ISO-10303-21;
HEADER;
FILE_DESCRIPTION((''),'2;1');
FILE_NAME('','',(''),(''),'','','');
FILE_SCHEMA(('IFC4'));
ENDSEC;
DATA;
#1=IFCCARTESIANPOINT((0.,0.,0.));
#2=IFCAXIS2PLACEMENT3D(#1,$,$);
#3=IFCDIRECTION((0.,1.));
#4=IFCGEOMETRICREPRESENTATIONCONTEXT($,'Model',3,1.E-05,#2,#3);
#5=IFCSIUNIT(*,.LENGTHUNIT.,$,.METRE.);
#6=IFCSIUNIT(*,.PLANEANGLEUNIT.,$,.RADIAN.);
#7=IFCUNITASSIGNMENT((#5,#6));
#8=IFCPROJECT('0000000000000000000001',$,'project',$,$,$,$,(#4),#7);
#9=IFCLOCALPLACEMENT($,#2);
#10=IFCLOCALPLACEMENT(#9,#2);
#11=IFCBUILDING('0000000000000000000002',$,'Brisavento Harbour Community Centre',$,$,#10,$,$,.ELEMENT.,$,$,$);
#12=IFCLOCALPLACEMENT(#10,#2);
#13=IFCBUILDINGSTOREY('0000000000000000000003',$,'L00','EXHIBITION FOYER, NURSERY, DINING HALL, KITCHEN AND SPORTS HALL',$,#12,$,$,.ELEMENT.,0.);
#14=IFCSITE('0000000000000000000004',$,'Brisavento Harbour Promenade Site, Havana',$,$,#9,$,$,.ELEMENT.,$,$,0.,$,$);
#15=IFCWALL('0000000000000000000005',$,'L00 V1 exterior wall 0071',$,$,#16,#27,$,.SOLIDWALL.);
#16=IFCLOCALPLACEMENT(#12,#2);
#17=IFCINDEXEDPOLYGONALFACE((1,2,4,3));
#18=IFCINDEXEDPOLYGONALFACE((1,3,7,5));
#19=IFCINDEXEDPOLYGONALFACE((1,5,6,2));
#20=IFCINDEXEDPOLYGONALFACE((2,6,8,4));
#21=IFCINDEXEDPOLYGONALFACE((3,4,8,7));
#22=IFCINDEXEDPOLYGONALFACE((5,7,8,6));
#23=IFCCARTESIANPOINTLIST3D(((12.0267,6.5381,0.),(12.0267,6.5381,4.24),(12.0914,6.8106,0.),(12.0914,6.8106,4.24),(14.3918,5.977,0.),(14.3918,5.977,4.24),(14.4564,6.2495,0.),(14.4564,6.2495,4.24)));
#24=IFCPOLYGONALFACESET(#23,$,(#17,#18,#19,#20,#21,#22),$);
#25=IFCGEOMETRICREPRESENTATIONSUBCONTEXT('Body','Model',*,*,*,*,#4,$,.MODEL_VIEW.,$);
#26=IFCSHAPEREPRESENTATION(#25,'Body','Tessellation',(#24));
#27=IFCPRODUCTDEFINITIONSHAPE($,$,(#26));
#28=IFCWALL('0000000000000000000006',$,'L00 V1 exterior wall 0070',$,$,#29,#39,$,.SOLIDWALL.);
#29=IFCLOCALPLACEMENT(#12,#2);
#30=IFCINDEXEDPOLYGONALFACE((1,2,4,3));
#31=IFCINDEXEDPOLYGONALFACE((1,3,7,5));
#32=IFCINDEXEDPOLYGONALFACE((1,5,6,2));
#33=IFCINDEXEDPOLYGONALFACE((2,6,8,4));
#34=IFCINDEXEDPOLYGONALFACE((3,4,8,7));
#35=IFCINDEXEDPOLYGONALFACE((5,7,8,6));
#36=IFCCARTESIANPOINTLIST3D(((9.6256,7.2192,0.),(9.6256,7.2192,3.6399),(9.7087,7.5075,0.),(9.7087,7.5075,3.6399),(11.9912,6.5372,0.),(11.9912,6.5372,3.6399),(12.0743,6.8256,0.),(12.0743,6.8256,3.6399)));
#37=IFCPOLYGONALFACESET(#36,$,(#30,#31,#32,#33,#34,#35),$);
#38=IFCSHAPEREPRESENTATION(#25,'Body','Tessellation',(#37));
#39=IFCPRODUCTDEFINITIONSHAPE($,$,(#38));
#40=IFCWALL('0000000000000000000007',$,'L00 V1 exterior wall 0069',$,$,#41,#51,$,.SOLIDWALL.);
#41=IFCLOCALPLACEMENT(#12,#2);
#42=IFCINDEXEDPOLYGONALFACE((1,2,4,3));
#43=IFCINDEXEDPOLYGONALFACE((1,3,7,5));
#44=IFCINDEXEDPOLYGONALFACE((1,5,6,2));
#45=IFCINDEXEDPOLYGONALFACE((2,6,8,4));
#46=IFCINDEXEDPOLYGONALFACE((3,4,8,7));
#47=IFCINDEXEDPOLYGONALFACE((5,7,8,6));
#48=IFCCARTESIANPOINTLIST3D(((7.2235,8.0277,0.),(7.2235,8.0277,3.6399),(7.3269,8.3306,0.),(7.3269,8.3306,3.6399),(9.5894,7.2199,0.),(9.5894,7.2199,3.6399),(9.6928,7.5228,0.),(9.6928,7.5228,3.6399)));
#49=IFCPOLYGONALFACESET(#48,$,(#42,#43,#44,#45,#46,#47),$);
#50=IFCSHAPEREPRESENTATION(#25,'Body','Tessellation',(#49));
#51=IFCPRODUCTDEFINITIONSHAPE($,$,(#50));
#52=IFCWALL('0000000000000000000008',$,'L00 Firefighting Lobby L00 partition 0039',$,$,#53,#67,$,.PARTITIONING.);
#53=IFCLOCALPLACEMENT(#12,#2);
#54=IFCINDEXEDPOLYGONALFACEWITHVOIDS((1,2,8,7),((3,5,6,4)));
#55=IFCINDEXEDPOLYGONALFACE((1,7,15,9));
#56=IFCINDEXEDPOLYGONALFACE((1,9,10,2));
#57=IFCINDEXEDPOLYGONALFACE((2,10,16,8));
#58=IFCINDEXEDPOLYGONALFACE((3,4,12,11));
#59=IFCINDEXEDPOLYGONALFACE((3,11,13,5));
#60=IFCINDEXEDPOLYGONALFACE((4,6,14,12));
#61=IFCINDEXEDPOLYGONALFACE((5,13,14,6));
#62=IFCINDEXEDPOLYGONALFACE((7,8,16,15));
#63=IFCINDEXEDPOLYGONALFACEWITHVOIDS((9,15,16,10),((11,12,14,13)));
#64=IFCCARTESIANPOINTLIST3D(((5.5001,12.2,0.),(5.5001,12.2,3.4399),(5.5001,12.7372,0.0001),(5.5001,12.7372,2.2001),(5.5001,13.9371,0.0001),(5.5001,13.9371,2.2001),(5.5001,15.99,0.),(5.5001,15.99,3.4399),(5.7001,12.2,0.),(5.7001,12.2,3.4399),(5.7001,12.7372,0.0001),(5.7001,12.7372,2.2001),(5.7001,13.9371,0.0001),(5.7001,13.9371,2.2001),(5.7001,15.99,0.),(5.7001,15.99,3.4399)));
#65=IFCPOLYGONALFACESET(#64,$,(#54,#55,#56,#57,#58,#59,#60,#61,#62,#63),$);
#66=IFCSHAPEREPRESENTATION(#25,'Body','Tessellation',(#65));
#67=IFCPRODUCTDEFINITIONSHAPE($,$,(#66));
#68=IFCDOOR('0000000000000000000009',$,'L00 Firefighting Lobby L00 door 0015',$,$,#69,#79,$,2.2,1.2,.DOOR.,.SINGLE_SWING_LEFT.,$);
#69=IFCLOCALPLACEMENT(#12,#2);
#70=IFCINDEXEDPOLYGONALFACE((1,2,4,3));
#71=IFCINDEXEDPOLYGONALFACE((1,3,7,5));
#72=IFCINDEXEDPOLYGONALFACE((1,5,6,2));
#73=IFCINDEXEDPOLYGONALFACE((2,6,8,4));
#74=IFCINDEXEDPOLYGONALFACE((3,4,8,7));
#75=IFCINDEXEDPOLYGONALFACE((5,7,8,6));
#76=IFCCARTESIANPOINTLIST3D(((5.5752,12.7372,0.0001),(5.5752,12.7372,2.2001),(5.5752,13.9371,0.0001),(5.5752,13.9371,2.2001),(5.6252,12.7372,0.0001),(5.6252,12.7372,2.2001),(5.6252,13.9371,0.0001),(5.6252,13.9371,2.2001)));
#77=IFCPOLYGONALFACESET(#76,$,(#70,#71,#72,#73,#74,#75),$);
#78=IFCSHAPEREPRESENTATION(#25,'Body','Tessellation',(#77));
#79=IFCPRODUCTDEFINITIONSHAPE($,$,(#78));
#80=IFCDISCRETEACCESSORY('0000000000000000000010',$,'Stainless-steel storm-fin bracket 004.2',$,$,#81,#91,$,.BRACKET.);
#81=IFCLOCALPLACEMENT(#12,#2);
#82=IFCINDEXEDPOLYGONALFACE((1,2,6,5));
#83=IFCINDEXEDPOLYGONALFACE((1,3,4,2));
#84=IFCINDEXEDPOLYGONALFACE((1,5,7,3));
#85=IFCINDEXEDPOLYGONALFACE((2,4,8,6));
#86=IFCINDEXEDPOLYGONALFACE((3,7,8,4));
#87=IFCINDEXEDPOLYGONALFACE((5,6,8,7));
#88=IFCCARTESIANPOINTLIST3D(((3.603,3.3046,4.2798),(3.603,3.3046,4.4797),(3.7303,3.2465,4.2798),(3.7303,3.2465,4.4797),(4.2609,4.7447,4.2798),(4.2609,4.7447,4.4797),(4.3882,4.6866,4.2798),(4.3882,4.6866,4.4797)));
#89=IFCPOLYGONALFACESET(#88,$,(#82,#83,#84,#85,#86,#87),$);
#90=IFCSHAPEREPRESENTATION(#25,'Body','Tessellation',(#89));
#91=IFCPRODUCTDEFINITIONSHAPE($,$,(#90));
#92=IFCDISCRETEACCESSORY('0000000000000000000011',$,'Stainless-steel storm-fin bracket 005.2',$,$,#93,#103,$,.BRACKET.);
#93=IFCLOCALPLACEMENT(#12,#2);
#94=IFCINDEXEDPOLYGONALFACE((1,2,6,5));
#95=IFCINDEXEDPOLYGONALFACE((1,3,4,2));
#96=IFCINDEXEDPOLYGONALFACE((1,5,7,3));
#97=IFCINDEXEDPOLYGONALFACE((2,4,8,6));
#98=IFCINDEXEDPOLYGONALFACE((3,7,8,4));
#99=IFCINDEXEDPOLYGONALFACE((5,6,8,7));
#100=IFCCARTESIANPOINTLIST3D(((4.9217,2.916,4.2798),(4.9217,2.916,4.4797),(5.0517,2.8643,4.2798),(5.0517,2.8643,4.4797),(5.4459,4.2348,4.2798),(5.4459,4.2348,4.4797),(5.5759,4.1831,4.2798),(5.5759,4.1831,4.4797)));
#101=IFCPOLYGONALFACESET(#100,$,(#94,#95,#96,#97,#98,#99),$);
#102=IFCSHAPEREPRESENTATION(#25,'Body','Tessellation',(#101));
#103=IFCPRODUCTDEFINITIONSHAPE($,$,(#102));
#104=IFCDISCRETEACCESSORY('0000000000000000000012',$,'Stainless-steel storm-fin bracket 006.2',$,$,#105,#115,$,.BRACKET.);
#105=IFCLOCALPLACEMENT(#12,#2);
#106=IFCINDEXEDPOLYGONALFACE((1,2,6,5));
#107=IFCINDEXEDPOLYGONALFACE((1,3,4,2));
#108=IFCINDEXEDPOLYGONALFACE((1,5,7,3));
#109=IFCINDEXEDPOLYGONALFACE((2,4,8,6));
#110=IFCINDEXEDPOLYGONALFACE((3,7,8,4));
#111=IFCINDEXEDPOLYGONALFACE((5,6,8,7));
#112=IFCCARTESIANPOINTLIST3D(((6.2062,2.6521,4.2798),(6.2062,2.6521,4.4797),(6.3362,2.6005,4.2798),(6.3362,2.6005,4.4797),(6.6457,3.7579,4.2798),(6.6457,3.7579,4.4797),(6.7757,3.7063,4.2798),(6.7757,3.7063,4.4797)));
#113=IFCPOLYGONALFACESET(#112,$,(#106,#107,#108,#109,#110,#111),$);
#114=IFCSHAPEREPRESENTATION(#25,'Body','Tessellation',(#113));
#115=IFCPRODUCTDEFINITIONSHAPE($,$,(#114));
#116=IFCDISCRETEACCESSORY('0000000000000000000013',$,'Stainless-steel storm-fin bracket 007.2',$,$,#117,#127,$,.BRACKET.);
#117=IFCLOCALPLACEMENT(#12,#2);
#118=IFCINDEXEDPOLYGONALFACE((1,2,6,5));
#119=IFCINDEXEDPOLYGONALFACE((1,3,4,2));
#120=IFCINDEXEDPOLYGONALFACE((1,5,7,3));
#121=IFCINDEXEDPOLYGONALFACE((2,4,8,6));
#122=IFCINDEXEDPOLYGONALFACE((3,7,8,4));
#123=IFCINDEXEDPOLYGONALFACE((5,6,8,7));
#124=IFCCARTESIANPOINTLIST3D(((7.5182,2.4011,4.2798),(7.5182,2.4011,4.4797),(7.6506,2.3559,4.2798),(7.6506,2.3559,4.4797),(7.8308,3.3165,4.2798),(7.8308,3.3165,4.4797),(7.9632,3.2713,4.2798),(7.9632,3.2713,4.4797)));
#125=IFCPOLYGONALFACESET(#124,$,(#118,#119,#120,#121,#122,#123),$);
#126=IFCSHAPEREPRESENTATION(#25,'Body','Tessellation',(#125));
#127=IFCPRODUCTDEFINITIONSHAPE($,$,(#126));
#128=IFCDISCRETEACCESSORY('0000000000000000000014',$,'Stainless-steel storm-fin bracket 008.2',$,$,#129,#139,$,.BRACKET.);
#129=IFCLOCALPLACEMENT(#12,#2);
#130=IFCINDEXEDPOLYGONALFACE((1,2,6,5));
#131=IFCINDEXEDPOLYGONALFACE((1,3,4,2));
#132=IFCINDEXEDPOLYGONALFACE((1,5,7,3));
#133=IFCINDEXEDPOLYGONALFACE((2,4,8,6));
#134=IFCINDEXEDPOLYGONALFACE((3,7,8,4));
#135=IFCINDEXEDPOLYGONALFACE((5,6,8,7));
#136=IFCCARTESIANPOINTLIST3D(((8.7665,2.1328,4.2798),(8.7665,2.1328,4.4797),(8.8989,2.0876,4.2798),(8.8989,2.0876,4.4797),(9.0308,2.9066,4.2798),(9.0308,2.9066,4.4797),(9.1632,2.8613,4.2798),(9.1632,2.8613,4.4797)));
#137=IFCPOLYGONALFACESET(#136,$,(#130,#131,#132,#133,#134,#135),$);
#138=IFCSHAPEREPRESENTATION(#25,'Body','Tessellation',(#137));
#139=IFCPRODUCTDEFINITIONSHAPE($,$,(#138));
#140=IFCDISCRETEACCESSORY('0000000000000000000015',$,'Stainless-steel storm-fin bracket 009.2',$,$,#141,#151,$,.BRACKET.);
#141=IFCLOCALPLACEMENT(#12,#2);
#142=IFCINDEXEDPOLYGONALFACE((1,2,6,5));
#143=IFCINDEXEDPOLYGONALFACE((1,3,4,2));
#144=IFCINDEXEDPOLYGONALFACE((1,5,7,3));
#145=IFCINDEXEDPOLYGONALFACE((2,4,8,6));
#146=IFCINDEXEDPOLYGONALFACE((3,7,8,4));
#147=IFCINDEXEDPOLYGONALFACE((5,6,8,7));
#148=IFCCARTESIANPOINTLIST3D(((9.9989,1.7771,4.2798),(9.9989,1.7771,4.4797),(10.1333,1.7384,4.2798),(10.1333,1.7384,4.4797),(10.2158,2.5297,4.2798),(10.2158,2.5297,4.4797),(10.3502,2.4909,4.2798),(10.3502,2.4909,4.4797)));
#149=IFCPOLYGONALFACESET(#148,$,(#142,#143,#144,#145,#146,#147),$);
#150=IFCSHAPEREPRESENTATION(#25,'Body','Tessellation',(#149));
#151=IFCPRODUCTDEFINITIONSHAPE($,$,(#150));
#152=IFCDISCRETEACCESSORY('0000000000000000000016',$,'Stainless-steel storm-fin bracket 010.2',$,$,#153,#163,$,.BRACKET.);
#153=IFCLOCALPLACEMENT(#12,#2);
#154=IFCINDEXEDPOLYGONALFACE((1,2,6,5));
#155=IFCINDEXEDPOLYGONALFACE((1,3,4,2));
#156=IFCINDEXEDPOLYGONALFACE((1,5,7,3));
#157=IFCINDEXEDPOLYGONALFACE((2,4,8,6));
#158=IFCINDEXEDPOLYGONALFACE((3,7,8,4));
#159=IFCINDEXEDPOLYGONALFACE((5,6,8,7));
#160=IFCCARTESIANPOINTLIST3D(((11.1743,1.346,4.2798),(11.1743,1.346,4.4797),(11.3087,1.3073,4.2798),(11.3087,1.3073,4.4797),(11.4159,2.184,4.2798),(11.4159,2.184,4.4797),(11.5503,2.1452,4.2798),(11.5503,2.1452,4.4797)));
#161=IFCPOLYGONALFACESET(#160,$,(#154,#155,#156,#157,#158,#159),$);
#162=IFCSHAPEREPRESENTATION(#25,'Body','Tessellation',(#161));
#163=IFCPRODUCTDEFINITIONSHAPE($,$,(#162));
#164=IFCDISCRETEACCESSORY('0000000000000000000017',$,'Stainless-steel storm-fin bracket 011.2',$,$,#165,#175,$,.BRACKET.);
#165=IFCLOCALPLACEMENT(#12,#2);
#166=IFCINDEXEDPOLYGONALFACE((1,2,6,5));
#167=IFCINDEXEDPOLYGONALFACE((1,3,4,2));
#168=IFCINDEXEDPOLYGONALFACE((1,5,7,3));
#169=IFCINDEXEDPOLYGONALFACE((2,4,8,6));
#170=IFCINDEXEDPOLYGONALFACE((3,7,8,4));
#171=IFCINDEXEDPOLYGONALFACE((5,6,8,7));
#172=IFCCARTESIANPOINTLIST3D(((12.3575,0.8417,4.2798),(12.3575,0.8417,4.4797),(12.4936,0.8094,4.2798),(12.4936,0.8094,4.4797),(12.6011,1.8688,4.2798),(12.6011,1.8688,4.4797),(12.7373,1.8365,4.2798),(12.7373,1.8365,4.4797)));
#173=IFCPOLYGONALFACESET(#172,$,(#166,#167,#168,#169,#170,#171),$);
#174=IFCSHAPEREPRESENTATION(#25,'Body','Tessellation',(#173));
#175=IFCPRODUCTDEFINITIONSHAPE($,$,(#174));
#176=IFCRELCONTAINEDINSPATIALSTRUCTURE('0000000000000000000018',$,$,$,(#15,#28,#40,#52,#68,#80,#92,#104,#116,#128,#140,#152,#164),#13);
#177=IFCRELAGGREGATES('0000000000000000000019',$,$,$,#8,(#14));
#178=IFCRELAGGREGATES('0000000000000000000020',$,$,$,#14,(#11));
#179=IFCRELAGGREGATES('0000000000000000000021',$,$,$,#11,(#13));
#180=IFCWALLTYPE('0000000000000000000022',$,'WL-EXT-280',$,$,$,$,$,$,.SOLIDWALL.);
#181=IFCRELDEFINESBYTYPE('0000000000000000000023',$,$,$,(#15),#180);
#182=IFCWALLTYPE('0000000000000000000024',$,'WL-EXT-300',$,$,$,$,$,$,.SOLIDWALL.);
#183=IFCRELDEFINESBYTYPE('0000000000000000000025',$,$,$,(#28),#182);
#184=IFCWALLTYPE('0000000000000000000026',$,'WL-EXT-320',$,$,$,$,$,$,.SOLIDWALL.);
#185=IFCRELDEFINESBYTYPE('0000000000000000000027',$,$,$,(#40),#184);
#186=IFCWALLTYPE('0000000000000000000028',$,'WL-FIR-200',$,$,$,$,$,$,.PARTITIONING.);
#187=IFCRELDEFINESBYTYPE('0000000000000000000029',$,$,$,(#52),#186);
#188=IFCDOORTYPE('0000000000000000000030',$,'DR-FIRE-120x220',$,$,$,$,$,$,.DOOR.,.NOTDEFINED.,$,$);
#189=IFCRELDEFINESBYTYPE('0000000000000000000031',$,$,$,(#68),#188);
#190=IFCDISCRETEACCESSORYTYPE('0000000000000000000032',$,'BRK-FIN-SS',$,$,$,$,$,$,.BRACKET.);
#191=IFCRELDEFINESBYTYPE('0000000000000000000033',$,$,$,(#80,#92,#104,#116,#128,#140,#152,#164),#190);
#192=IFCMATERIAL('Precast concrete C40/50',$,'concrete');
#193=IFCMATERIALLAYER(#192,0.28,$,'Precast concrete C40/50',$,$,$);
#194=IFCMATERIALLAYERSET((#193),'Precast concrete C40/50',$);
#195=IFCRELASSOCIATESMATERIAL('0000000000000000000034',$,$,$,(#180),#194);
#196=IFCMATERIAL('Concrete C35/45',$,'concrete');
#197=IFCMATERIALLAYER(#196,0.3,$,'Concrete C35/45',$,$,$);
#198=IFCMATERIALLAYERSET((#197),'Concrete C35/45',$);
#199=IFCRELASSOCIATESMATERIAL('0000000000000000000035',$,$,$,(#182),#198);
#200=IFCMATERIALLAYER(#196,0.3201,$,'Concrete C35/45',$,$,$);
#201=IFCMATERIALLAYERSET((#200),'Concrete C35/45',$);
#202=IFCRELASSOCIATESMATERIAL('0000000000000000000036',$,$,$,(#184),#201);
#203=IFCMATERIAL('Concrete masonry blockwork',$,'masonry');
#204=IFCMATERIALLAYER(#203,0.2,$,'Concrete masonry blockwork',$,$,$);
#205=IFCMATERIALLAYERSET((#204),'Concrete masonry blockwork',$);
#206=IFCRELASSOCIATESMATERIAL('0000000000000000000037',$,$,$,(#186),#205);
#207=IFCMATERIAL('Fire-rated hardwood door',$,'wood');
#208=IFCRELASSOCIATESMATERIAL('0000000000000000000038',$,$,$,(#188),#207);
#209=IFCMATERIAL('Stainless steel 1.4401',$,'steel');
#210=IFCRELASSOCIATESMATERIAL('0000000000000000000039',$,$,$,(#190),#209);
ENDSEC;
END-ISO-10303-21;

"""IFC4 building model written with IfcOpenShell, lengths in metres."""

from ifc_helpers import new_model, si_unit, direction, frame, frame_2d, origin, origin_2d, place, context, subcontext, project, spatial, rectangle, extrude, material, layer, layer_set, type_object, element, fill, save


model = new_model("IFC4")

# Units and contexts
model_context = context("Model", 3, precision=1e-05, world=origin(), true_north=direction((0.0, 1.0)))
body_context = subcontext(model_context, "Body", "Model", "MODEL_VIEW")
ifc_project = project(units=[si_unit("LENGTHUNIT", "METRE"), si_unit("PLANEANGLEUNIT", "RADIAN")], contexts=[model_context])

# Site, building, storey
site_placement = place(None, origin())
site = spatial("IfcSite", under=ifc_project, at=site_placement, Name="Brisavento Harbour Promenade Site, Havana", CompositionType="ELEMENT", RefElevation=0.0)
building_placement = place(site_placement, origin())
building = spatial("IfcBuilding", under=site, at=building_placement, Name="Brisavento Harbour Community Centre", CompositionType="ELEMENT")
storey_placement = place(building_placement, origin())
storey = spatial("IfcBuildingStorey", under=building, at=storey_placement, Name="L00", Description="EXHIBITION FOYER, NURSERY, DINING HALL, KITCHEN AND SPORTS HALL", CompositionType="ELEMENT", Elevation=0.0)

# Shared definitions
ifc_material_1 = material(Name="Concrete C35/45", Category="concrete")

# Walls
ifc_material_2 = material(Name="Precast concrete C40/50", Category="concrete")
ifc_layer_1 = layer(ifc_material_2, 0.28, Name="Precast concrete C40/50")
ifc_layer_set_1 = layer_set([ifc_layer_1], Name="Precast concrete C40/50")
wall_type_1 = type_object("IfcWallType", Name="WL-EXT-280", PredefinedType="SOLIDWALL", material=ifc_layer_set_1)
wall_1_placement = place(storey_placement, frame((14.4241, 6.1133, 0.0), z_axis=(0.0, 0.0, 1.0), x_axis=(-0.972997, 0.230819, 0.0)))
element("IfcWall", 1, at=wall_1_placement, inside=storey, type_object=wall_type_1, Name="L00 V1 exterior wall 0071", PredefinedType="SOLIDWALL", context=body_context, shape_type="SweptSolid", body=[
    extrude(rectangle(XDim=2.4307, YDim=0.28, at=frame_2d((1.2153, 0.0))), origin(), (0.0, 0.0, 1.0), 4.24),
])
ifc_layer_2 = layer(ifc_material_1, 0.3, Name="Concrete C35/45")
ifc_layer_set_2 = layer_set([ifc_layer_2], Name="Concrete C35/45")
wall_type_2 = type_object("IfcWallType", Name="WL-EXT-300", PredefinedType="SOLIDWALL", material=ifc_layer_set_2)
wall_2_placement = place(storey_placement, frame((12.0327, 6.6814, 0.0), z_axis=(0.0, 0.0, 1.0), x_axis=(-0.960874, 0.276986, 0.0)))
element("IfcWall", 2, at=wall_2_placement, inside=storey, type_object=wall_type_2, Name="L00 V1 exterior wall 0070", PredefinedType="SOLIDWALL", context=body_context, shape_type="SweptSolid", body=[
    extrude(rectangle(XDim=2.4619, YDim=0.3, at=frame_2d((1.231, 0.0))), origin(), (0.0, 0.0, 1.0), 3.6399),
])
ifc_layer_3 = layer(ifc_material_1, 0.3201, Name="Concrete C35/45")
ifc_layer_set_3 = layer_set([ifc_layer_3], Name="Concrete C35/45")
wall_type_3 = type_object("IfcWallType", Name="WL-EXT-320", PredefinedType="SOLIDWALL", material=ifc_layer_set_3)
wall_3_placement = place(storey_placement, frame((9.6411, 7.3713, 0.0), z_axis=(0.0, 0.0, 1.0), x_axis=(-0.946353, 0.323133, 0.0)))
element("IfcWall", 3, at=wall_3_placement, inside=storey, type_object=wall_type_3, Name="L00 V1 exterior wall 0069", PredefinedType="SOLIDWALL", context=body_context, shape_type="SweptSolid", body=[
    extrude(rectangle(XDim=2.5, YDim=0.3201, at=frame_2d((1.25, 0.0))), origin(), (0.0, 0.0, 1.0), 3.6399),
])

# Wall, opening, door
ifc_material_3 = material(Name="Concrete masonry blockwork", Category="masonry")
ifc_layer_4 = layer(ifc_material_3, 0.2, Name="Concrete masonry blockwork")
ifc_layer_set_4 = layer_set([ifc_layer_4], Name="Concrete masonry blockwork")
wall_type_4 = type_object("IfcWallType", Name="WL-FIR-200", PredefinedType="PARTITIONING", material=ifc_layer_set_4)
wall_4_placement = place(storey_placement, frame((5.6001, 12.2, 0.0), z_axis=(0.0, 0.0, 1.0), x_axis=(0.0, 1.0, 0.0)))
wall_4 = element("IfcWall", 4, at=wall_4_placement, inside=storey, type_object=wall_type_4, Name="L00 Firefighting Lobby L00 partition 0039", PredefinedType="PARTITIONING", context=body_context, shape_type="SweptSolid", body=[
    extrude(rectangle(XDim=3.79, YDim=0.2, at=frame_2d((1.895, 0.0))), origin(), (0.0, 0.0, 1.0), 3.4399),
])
opening_1_placement = place(wall_4_placement, frame((0.5371, 0.0, 0.0)))
opening_1 = element("IfcOpeningElement", 5, at=opening_1_placement, cuts=wall_4, PredefinedType="OPENING", context=body_context, shape_type="SweptSolid", body=[
    extrude(rectangle(XDim=1.2, YDim=2.2, at=frame_2d((0.6001, 1.1001))), frame((0.0, 0.1099, 0.0), z_axis=(0.0, -1.0, 0.0), x_axis=(1.0, 0.0, 0.0)), (0.0, 0.0, 1.0), 0.22),
])
ifc_material_4 = material(Name="Fire-rated hardwood door", Category="wood")
door_type = type_object("IfcDoorType", Name="DR-FIRE-120x220", OperationType="NOTDEFINED", PredefinedType="DOOR", material=ifc_material_4)
door_placement = place(opening_1_placement, origin())
door = element("IfcDoor", 6, at=door_placement, inside=storey, type_object=door_type, Name="L00 Firefighting Lobby L00 door 0015", OperationType="SINGLE_SWING_LEFT", OverallHeight=2.2, OverallWidth=1.2, PredefinedType="DOOR", context=body_context, shape_type="SweptSolid", body=[
    extrude(rectangle(XDim=1.2, YDim=2.2, at=frame_2d((0.6001, 1.1001))), frame((0.0, 0.0249, 0.0), z_axis=(0.0, -1.0, 0.0), x_axis=(1.0, 0.0, 0.0)), (0.0, 0.0, 1.0), 0.05),
])
fill(opening_1, door)

# Discrete accessories
ifc_material_5 = material(Name="Stainless steel 1.4401", Category="steel")
discrete_accessory_type = type_object("IfcDiscreteAccessoryType", Name="BRK-FIN-SS", PredefinedType="BRACKET", material=ifc_material_5)
discrete_accessory_1_placement = place(storey_placement, frame((3.9956, 3.9956, 4.2798), z_axis=(0.0, 0.0, 1.0), x_axis=(-0.415519, -0.909585, 0.0)))
element("IfcDiscreteAccessory", 7, at=discrete_accessory_1_placement, inside=storey, type_object=discrete_accessory_type, Name="Stainless-steel storm-fin bracket 004.2", PredefinedType="BRACKET", context=body_context, shape_type="SweptSolid", body=[
    extrude(rectangle(XDim=1.5833, YDim=0.1399, at=origin_2d()), origin(), (0.0, 0.0, 1.0), 0.2),
])
discrete_accessory_2_placement = place(storey_placement, frame((5.2488, 3.5496, 4.2798), z_axis=(0.0, 0.0, 1.0), x_axis=(-0.369341, -0.929294, 0.0)))
element("IfcDiscreteAccessory", 8, at=discrete_accessory_2_placement, inside=storey, type_object=discrete_accessory_type, Name="Stainless-steel storm-fin bracket 005.2", PredefinedType="BRACKET", context=body_context, shape_type="SweptSolid", body=[
    extrude(rectangle(XDim=1.4192, YDim=0.1399, at=origin_2d()), origin(), (0.0, 0.0, 1.0), 0.2),
])
discrete_accessory_3_placement = place(storey_placement, frame((6.491, 3.1792, 4.2798), z_axis=(0.0, 0.0, 1.0), x_axis=(-0.369341, -0.929294, 0.0)))
element("IfcDiscreteAccessory", 9, at=discrete_accessory_3_placement, inside=storey, type_object=discrete_accessory_type, Name="Stainless-steel storm-fin bracket 006.2", PredefinedType="BRACKET", context=body_context, shape_type="SweptSolid", body=[
    extrude(rectangle(XDim=1.1899, YDim=0.1399, at=origin_2d()), origin(), (0.0, 0.0, 1.0), 0.2),
])
discrete_accessory_4_placement = place(storey_placement, frame((7.7407, 2.8362, 4.2798), z_axis=(0.0, 0.0, 1.0), x_axis=(-0.323174, -0.946339, 0.0)))
element("IfcDiscreteAccessory", 10, at=discrete_accessory_4_placement, inside=storey, type_object=discrete_accessory_type, Name="Stainless-steel storm-fin bracket 007.2", PredefinedType="BRACKET", context=body_context, shape_type="SweptSolid", body=[
    extrude(rectangle(XDim=0.9673, YDim=0.1399, at=origin_2d()), origin(), (0.0, 0.0, 1.0), 0.2),
])
discrete_accessory_5_placement = place(storey_placement, frame((8.9648, 2.4971, 4.2798), z_axis=(0.0, 0.0, 1.0), x_axis=(-0.323174, -0.946339, 0.0)))
element("IfcDiscreteAccessory", 11, at=discrete_accessory_5_placement, inside=storey, type_object=discrete_accessory_type, Name="Stainless-steel storm-fin bracket 008.2", PredefinedType="BRACKET", context=body_context, shape_type="SweptSolid", body=[
    extrude(rectangle(XDim=0.8176, YDim=0.1399, at=origin_2d()), origin(), (0.0, 0.0, 1.0), 0.2),
])
discrete_accessory_6_placement = place(storey_placement, frame((10.1746, 2.134, 4.2798), z_axis=(0.0, 0.0, 1.0), x_axis=(-0.276996, -0.960871, 0.0)))
element("IfcDiscreteAccessory", 12, at=discrete_accessory_6_placement, inside=storey, type_object=discrete_accessory_type, Name="Stainless-steel storm-fin bracket 009.2", PredefinedType="BRACKET", context=body_context, shape_type="SweptSolid", body=[
    extrude(rectangle(XDim=0.7832, YDim=0.1399, at=origin_2d()), origin(), (0.0, 0.0, 1.0), 0.2),
])
discrete_accessory_7_placement = place(storey_placement, frame((11.3623, 1.7456, 4.2798), z_axis=(0.0, 0.0, 1.0), x_axis=(-0.276996, -0.960871, 0.0)))
element("IfcDiscreteAccessory", 13, at=discrete_accessory_7_placement, inside=storey, type_object=discrete_accessory_type, Name="Stainless-steel storm-fin bracket 010.2", PredefinedType="BRACKET", context=body_context, shape_type="SweptSolid", body=[
    extrude(rectangle(XDim=0.8721, YDim=0.1399, at=origin_2d()), origin(), (0.0, 0.0, 1.0), 0.2),
])
discrete_accessory_8_placement = place(storey_placement, frame((12.5474, 1.3391, 4.2798), z_axis=(0.0, 0.0, 1.0), x_axis=(-0.230831, -0.972994, 0.0)))
element("IfcDiscreteAccessory", 14, at=discrete_accessory_8_placement, inside=storey, type_object=discrete_accessory_type, Name="Stainless-steel storm-fin bracket 011.2", PredefinedType="BRACKET", context=body_context, shape_type="SweptSolid", body=[
    extrude(rectangle(XDim=1.0557, YDim=0.1399, at=origin_2d()), origin(), (0.0, 0.0, 1.0), 0.2),
])

save(model, "model.ifc")
